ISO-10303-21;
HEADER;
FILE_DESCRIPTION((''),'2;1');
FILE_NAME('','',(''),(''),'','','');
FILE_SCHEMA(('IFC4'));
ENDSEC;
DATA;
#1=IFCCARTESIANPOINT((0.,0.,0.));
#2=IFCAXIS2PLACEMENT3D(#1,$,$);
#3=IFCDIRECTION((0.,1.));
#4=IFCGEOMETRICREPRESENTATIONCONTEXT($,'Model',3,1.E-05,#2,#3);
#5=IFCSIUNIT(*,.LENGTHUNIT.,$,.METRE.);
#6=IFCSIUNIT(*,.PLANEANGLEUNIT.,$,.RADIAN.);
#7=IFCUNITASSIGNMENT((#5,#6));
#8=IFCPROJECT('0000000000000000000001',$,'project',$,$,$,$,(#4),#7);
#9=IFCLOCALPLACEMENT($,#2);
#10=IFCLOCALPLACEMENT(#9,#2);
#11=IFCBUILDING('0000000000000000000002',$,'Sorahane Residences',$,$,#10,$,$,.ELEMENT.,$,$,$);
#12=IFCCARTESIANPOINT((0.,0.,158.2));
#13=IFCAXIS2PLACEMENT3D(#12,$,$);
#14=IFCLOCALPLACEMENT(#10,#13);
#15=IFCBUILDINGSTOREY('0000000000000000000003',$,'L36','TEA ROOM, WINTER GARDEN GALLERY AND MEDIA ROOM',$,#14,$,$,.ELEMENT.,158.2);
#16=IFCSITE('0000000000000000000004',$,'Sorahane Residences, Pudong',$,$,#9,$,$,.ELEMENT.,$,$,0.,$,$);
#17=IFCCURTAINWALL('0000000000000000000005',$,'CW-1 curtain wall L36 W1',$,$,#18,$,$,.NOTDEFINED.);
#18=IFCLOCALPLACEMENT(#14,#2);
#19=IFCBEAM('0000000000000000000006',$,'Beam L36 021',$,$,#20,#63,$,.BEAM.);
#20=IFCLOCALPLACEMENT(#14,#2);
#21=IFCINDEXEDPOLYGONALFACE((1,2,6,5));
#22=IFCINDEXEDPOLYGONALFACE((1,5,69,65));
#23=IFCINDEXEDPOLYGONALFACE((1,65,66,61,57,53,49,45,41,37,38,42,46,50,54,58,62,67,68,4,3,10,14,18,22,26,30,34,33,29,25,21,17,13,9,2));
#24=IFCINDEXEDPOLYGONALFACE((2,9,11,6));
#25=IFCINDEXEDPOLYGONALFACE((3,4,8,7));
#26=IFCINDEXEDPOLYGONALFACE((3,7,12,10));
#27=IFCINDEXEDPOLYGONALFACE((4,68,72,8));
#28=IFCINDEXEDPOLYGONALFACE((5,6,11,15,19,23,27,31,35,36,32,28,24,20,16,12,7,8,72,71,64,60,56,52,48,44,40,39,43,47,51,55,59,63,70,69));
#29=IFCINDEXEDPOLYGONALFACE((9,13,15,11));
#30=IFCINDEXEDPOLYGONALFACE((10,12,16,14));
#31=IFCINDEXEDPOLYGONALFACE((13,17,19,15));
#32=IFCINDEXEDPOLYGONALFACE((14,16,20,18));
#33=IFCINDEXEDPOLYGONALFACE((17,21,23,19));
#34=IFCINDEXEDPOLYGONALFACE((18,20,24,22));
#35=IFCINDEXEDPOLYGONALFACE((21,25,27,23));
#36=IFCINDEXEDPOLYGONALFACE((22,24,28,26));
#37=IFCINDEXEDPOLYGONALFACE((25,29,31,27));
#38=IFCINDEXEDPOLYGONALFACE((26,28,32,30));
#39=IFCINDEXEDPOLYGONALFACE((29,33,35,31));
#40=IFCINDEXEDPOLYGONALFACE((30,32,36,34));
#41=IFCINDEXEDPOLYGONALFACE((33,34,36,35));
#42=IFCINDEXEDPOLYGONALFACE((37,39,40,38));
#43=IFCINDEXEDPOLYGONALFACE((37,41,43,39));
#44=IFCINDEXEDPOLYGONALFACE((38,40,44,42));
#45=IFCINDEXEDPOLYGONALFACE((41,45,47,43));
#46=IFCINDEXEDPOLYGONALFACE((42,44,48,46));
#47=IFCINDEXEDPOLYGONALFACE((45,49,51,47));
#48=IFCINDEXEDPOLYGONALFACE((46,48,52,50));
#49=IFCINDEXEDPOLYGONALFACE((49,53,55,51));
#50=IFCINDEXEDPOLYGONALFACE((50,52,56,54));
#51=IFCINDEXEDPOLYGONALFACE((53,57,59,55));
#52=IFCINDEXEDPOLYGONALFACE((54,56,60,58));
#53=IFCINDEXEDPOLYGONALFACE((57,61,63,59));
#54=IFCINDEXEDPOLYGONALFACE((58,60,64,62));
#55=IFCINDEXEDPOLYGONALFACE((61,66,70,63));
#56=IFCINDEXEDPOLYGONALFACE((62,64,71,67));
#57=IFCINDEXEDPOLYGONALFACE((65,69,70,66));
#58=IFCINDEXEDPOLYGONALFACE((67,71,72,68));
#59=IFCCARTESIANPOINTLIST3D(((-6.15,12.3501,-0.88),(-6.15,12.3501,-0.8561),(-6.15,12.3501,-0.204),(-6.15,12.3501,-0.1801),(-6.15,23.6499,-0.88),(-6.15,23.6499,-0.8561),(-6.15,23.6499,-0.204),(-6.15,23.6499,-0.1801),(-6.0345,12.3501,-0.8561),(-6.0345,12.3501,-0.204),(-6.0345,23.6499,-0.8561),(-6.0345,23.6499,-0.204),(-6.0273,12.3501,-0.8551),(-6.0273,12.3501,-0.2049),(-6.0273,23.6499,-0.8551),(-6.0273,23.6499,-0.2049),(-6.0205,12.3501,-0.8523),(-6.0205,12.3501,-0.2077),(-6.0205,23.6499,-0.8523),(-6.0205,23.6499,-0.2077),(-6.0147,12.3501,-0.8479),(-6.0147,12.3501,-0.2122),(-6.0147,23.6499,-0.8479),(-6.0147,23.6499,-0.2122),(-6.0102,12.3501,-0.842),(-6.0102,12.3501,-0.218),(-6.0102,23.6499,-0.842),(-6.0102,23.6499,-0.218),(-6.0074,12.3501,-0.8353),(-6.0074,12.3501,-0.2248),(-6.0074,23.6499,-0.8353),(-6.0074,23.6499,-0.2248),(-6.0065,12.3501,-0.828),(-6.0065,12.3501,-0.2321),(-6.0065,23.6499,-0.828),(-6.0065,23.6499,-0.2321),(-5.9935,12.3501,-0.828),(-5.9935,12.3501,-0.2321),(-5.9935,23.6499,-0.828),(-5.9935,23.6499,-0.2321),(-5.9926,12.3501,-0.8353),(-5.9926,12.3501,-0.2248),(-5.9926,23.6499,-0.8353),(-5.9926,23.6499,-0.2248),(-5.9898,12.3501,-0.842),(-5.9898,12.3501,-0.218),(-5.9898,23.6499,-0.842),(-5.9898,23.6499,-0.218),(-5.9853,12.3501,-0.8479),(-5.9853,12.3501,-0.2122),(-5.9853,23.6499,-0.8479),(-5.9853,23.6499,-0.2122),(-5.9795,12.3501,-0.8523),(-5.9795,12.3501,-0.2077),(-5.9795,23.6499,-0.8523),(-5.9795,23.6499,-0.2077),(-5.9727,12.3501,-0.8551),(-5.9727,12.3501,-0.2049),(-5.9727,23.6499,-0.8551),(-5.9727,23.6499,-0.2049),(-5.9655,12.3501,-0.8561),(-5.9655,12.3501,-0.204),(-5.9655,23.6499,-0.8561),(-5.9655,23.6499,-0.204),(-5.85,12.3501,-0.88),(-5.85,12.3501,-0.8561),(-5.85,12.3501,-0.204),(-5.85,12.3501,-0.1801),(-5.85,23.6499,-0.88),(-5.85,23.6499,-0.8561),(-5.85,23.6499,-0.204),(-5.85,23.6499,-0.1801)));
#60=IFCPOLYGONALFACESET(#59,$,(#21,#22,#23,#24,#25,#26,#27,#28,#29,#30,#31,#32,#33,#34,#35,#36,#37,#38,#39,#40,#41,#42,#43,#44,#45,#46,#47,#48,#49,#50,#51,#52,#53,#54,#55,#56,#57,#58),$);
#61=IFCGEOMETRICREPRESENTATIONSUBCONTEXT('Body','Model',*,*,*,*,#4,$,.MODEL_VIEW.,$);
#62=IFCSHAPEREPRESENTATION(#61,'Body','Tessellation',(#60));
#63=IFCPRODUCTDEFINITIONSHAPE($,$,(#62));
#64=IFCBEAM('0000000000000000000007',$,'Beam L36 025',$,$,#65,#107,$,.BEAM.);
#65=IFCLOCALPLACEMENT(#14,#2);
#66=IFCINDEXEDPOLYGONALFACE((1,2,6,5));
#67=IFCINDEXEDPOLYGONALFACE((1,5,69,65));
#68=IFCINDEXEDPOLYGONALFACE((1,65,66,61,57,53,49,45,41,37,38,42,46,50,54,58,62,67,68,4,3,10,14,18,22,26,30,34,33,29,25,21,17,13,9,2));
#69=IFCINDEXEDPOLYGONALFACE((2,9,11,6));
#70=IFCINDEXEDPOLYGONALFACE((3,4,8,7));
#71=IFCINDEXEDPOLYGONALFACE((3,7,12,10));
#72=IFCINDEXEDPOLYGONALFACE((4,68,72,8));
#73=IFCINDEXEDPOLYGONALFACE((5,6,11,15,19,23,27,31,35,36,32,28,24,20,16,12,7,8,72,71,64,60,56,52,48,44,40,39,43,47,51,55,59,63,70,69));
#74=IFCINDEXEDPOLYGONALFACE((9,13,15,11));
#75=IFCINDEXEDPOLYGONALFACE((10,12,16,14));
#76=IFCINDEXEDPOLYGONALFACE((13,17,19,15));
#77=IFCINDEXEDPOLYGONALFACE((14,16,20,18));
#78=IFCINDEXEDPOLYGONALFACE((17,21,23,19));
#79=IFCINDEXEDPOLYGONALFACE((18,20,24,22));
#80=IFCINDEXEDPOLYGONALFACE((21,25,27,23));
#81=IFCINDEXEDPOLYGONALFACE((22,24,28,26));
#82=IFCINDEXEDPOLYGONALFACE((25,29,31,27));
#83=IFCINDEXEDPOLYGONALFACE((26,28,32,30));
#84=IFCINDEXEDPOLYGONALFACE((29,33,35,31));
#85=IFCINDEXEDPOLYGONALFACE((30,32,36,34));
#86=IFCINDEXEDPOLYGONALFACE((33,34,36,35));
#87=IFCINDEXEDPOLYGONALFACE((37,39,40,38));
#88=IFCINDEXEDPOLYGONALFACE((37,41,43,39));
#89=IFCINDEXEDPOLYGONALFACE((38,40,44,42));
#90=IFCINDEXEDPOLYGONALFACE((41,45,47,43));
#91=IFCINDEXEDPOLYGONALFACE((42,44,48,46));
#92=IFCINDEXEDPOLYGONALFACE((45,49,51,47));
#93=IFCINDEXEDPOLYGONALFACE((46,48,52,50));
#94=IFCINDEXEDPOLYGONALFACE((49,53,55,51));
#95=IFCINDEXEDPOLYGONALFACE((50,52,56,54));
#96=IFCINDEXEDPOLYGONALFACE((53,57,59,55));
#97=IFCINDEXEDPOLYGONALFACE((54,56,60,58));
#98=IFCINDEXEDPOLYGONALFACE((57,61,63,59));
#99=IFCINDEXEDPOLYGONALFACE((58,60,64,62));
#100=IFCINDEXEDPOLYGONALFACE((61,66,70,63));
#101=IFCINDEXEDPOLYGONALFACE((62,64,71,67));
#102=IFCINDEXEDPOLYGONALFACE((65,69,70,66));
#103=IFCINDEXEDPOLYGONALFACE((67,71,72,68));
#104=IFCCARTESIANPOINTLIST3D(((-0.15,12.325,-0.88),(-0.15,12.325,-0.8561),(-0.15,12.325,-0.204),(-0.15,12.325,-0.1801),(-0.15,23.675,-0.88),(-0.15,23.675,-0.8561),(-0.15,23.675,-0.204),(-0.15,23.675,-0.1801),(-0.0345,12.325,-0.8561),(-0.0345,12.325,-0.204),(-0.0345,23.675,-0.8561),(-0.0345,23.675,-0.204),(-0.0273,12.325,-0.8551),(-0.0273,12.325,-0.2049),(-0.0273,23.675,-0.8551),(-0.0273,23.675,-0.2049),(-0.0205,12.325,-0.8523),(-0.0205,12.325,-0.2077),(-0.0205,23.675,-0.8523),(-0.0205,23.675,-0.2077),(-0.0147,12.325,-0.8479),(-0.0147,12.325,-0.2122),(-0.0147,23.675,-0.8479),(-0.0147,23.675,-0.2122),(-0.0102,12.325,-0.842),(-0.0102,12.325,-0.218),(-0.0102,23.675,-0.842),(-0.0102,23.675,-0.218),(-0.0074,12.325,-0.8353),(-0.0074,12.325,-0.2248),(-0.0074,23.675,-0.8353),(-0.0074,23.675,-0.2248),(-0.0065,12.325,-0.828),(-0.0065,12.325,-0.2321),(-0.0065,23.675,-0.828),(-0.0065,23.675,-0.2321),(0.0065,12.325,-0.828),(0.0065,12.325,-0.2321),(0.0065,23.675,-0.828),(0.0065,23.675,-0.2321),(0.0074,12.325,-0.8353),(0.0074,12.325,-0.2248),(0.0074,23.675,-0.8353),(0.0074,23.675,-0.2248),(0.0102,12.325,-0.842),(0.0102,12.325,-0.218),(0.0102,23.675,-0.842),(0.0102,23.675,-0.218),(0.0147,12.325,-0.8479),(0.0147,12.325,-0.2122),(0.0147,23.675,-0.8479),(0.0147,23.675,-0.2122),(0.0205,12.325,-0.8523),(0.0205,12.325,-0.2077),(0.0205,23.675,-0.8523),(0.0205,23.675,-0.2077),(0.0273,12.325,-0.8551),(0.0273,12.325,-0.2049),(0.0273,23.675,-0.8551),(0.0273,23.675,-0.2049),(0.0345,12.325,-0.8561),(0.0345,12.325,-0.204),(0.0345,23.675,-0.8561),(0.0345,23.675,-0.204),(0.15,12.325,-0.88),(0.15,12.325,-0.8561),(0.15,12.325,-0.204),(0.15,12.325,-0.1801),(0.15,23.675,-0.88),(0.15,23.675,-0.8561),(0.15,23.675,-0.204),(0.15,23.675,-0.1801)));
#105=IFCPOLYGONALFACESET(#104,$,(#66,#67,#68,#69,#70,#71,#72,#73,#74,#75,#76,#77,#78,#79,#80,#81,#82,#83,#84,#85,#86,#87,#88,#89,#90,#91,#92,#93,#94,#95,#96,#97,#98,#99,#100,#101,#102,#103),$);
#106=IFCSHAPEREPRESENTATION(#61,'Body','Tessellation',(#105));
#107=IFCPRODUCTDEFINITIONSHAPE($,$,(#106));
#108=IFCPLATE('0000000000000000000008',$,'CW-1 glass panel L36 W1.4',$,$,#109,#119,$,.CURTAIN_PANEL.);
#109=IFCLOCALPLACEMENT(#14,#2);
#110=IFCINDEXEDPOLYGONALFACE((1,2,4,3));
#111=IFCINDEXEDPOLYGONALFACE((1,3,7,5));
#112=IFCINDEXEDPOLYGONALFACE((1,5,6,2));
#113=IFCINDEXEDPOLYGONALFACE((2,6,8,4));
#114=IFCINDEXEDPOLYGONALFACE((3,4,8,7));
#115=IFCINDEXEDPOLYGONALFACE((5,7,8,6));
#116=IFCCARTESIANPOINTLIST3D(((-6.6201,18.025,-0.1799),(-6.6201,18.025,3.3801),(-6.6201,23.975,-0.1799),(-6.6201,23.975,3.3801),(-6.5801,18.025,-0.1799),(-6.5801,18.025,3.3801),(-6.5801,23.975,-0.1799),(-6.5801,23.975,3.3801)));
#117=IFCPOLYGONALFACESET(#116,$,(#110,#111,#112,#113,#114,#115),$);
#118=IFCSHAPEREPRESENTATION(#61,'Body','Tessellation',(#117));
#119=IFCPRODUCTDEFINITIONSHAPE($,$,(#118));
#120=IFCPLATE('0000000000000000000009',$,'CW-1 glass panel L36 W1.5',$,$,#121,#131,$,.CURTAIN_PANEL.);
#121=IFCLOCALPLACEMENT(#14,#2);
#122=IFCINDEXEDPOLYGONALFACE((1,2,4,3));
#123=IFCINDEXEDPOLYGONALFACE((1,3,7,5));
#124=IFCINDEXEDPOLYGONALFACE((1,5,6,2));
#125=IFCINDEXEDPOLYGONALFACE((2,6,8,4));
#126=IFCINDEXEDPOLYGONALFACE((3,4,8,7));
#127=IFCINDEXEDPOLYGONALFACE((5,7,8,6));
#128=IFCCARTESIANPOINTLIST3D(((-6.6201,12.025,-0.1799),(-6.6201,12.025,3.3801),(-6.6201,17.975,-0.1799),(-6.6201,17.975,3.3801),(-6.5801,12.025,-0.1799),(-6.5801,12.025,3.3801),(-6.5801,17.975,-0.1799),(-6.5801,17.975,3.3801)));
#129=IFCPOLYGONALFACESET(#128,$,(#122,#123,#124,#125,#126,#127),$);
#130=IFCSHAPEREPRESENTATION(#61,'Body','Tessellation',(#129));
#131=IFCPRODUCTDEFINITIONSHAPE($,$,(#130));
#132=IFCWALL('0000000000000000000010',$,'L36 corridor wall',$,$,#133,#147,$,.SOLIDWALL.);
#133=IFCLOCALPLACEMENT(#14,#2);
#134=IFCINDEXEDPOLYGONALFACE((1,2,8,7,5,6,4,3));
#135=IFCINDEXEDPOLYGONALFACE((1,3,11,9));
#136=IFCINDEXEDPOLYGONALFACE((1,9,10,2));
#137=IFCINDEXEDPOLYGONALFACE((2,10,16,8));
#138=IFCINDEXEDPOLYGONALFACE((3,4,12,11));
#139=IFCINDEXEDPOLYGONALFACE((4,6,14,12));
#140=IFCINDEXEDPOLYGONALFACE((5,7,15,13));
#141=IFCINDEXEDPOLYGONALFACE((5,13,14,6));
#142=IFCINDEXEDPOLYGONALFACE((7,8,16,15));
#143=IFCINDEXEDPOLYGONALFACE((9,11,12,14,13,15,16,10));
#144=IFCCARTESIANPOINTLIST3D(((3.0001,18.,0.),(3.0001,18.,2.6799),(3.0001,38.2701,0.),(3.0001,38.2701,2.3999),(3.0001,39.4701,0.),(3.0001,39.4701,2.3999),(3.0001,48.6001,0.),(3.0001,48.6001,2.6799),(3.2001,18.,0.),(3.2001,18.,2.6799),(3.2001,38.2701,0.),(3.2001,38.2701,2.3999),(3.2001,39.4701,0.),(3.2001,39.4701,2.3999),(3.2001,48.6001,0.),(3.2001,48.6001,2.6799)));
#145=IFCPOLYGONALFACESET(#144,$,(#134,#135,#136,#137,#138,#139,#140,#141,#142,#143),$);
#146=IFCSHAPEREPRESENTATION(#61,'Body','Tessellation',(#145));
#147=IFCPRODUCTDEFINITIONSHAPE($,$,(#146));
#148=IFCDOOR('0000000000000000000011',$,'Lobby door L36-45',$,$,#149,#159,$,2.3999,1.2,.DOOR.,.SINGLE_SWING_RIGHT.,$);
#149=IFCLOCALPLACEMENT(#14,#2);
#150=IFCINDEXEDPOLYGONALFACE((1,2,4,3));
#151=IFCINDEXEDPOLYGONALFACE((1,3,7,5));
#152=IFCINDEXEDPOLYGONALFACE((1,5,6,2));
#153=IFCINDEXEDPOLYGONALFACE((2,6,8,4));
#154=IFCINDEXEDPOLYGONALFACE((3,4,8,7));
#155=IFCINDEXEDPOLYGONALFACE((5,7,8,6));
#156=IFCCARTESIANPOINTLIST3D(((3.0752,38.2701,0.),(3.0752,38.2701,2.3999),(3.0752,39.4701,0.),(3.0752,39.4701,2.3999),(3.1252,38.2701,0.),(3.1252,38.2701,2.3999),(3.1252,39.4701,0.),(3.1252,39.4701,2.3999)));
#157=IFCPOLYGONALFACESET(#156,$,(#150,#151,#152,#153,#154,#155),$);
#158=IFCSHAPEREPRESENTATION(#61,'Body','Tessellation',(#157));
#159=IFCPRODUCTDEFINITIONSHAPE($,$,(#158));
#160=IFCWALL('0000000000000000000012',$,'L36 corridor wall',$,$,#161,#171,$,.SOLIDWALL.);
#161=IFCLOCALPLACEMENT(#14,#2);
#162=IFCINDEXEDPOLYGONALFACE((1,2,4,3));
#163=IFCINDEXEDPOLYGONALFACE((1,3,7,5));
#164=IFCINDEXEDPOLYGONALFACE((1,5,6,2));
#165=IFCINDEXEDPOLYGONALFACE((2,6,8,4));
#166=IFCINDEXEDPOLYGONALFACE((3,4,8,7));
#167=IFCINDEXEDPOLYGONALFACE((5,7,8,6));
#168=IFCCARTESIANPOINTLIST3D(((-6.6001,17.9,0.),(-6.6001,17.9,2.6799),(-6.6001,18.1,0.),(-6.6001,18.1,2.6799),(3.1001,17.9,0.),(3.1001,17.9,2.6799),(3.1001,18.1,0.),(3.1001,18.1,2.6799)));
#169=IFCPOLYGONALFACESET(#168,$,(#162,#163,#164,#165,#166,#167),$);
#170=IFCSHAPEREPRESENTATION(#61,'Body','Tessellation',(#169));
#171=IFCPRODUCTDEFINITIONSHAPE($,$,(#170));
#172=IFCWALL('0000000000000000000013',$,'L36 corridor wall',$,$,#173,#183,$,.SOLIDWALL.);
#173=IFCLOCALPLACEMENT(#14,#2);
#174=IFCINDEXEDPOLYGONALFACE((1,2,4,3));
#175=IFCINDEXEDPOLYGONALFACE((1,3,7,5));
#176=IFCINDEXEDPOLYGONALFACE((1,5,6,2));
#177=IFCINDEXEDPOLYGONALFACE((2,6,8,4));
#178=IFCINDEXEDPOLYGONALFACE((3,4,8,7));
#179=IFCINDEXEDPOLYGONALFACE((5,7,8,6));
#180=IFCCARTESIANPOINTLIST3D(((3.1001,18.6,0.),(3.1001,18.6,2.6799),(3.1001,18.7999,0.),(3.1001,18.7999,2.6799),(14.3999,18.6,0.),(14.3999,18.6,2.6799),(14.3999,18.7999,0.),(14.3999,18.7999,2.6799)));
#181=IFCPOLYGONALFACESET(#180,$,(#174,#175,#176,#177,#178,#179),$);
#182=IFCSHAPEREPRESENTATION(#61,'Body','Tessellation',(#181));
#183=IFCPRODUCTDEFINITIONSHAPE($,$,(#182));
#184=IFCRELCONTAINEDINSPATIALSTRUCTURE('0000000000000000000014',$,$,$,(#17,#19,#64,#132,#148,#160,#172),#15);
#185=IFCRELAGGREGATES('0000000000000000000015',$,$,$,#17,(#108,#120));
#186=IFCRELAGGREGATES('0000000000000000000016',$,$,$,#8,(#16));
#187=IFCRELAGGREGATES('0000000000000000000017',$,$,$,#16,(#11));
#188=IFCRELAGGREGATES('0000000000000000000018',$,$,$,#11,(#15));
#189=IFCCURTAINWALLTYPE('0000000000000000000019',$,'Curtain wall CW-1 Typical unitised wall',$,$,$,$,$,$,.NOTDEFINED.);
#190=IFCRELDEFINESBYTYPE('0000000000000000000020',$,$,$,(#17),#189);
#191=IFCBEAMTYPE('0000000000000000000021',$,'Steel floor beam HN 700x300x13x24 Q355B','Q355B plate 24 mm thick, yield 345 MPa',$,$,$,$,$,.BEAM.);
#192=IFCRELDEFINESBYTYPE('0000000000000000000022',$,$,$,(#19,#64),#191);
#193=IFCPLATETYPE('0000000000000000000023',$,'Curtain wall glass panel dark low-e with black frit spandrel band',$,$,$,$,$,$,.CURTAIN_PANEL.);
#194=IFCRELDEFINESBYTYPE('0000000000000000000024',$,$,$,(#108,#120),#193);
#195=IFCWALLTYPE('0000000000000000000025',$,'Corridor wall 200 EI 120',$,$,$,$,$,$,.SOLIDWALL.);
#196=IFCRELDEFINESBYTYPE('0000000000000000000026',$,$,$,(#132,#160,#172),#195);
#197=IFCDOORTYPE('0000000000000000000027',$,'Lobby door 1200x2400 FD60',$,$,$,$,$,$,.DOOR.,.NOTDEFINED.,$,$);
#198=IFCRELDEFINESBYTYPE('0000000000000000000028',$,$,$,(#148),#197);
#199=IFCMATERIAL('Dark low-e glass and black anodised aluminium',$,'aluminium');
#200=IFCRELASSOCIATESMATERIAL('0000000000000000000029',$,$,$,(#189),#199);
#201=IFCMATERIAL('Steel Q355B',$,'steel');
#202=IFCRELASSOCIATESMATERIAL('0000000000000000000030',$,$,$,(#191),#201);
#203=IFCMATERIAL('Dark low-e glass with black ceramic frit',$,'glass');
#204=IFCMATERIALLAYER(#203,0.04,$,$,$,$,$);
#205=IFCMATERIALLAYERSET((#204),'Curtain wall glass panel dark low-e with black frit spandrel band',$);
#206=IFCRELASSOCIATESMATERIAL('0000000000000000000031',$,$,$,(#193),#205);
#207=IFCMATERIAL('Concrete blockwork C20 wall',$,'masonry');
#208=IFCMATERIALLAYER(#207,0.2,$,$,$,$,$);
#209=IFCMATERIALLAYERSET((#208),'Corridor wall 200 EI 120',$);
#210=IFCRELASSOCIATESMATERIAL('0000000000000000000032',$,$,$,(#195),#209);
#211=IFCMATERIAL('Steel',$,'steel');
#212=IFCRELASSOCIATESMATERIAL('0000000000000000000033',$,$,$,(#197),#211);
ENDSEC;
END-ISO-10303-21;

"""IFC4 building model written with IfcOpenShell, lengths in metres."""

from ifc_helpers import new_model, si_unit, direction, frame, frame_2d, origin, origin_2d, place, context, subcontext, project, spatial, rectangle, i_section, extrude, material, layer, layer_set, material_profile, profile_set, type_object, element, fill, aggregate, save


model = new_model("IFC4")

# Units and contexts
model_context = context("Model", 3, precision=1e-05, world=origin(), true_north=direction((0.0, 1.0)))
body_context = subcontext(model_context, "Body", "Model", "MODEL_VIEW")
ifc_project = project(units=[si_unit("LENGTHUNIT", "METRE"), si_unit("PLANEANGLEUNIT", "RADIAN")], contexts=[model_context])

# Site, building, storey
site_placement = place(None, origin())
site = spatial("IfcSite", under=ifc_project, at=site_placement, Name="Sorahane Residences, Pudong", CompositionType="ELEMENT", RefElevation=0.0)
building_placement = place(site_placement, origin())
building = spatial("IfcBuilding", under=site, at=building_placement, Name="Sorahane Residences", CompositionType="ELEMENT")
storey_placement = place(building_placement, frame((0.0, 0.0, 158.2)))
storey = spatial("IfcBuildingStorey", under=building, at=storey_placement, Name="L36", Description="TEA ROOM, WINTER GARDEN GALLERY AND MEDIA ROOM", CompositionType="ELEMENT", Elevation=158.2)

# Curtain wall
ifc_material_1 = material(Name="Dark low-e glass and black anodised aluminium", Category="aluminium")
curtain_wall_type = type_object("IfcCurtainWallType", Name="Curtain wall CW-1 Typical unitised wall", PredefinedType="NOTDEFINED", material=ifc_material_1)
curtain_wall_placement = place(storey_placement, origin())
curtain_wall = element("IfcCurtainWall", 1, at=curtain_wall_placement, inside=storey, type_object=curtain_wall_type, Name="CW-1 curtain wall L36 W1", PredefinedType="NOTDEFINED")

# Beams
ifc_material_2 = material(Name="Steel Q355B", Category="steel")
ifc_material_profile_1 = material_profile(ifc_material_2, i_section(OverallWidth=0.3, OverallDepth=0.7, WebThickness=0.0129, FlangeThickness=0.0239, FilletRadius=0.0281, at=origin_2d()), Name="HN 700x300x13x24")
ifc_profile_set_1 = profile_set([ifc_material_profile_1], Name="Steel Q355B")
beam_type_1 = type_object("IfcBeamType", Name="Steel floor beam HN 700x300x13x24 Q355B", Description="Q355B plate 24 mm thick, yield 345 MPa", PredefinedType="BEAM", material=ifc_profile_set_1)
beam_1_placement = place(storey_placement, frame((-6.0, 12.3501, -0.53), z_axis=(0.0, 1.0, 0.0), x_axis=(-1.0, 0.0, 0.0)))
element("IfcBeam", 2, at=beam_1_placement, inside=storey, type_object=beam_type_1, Name="Beam L36 021", PredefinedType="BEAM", context=body_context, shape_type="SweptSolid", body=[
    extrude(i_section(OverallWidth=0.3, OverallDepth=0.7, WebThickness=0.0129, FlangeThickness=0.0239, FilletRadius=0.0281, at=origin_2d()), origin(), (0.0, 0.0, 1.0), 11.2998),
])
beam_2_placement = place(storey_placement, frame((0.0, 12.325, -0.53), z_axis=(0.0, 1.0, 0.0), x_axis=(-1.0, 0.0, 0.0)))
element("IfcBeam", 3, at=beam_2_placement, inside=storey, type_object=beam_type_1, Name="Beam L36 025", PredefinedType="BEAM", context=body_context, shape_type="SweptSolid", body=[
    extrude(i_section(OverallWidth=0.3, OverallDepth=0.7, WebThickness=0.0129, FlangeThickness=0.0239, FilletRadius=0.0281, at=origin_2d()), origin(), (0.0, 0.0, 1.0), 11.3501),
])

# Plates
ifc_material_3 = material(Name="Dark low-e glass with black ceramic frit", Category="glass")
ifc_layer_1 = layer(ifc_material_3, 0.04)
ifc_layer_set_1 = layer_set([ifc_layer_1], Name="Curtain wall glass panel dark low-e with black frit spandrel band")
plate_type = type_object("IfcPlateType", Name="Curtain wall glass panel dark low-e with black frit spandrel band", PredefinedType="CURTAIN_PANEL", material=ifc_layer_set_1)
plate_1_placement = place(storey_placement, frame((-6.6001, 21.0, -0.1799), z_axis=(0.0, 0.0, 1.0), x_axis=(0.0, -1.0, 0.0)))
plate_1 = element("IfcPlate", 4, at=plate_1_placement, type_object=plate_type, Name="CW-1 glass panel L36 W1.4", PredefinedType="CURTAIN_PANEL", context=body_context, shape_type="SweptSolid", body=[
    extrude(rectangle(XDim=5.95, YDim=0.04, at=origin_2d()), origin(), (0.0, 0.0, 1.0), 3.5601),
])
plate_2_placement = place(storey_placement, frame((-6.6001, 15.0, -0.1799), z_axis=(0.0, 0.0, 1.0), x_axis=(0.0, -1.0, 0.0)))
plate_2 = element("IfcPlate", 5, at=plate_2_placement, type_object=plate_type, Name="CW-1 glass panel L36 W1.5", PredefinedType="CURTAIN_PANEL", context=body_context, shape_type="SweptSolid", body=[
    extrude(rectangle(XDim=5.95, YDim=0.04, at=origin_2d()), origin(), (0.0, 0.0, 1.0), 3.5601),
])
aggregate(curtain_wall, [plate_1, plate_2])

# Wall, opening, door
ifc_material_4 = material(Name="Concrete blockwork C20 wall", Category="masonry")
ifc_layer_2 = layer(ifc_material_4, 0.2)
ifc_layer_set_2 = layer_set([ifc_layer_2], Name="Corridor wall 200 EI 120")
wall_type_1 = type_object("IfcWallType", Name="Corridor wall 200 EI 120", PredefinedType="SOLIDWALL", material=ifc_layer_set_2)
wall_1_placement = place(storey_placement, frame((3.1001, 18.0, 0.0), z_axis=(0.0, 0.0, 1.0), x_axis=(0.0, 1.0, 0.0)))
wall_1 = element("IfcWall", 6, at=wall_1_placement, inside=storey, type_object=wall_type_1, Name="L36 corridor wall", PredefinedType="SOLIDWALL", context=body_context, shape_type="SweptSolid", body=[
    extrude(rectangle(XDim=30.6001, YDim=0.2, at=frame_2d((15.3, 0.0))), origin(), (0.0, 0.0, 1.0), 2.6799),
])
opening_1_placement = place(wall_1_placement, frame((20.27, 0.0, 0.0)))
opening_1 = element("IfcOpeningElement", 7, at=opening_1_placement, cuts=wall_1, PredefinedType="OPENING", context=body_context, shape_type="SweptSolid", body=[
    extrude(rectangle(XDim=1.2, YDim=2.3999, at=frame_2d((0.6001, 1.2))), frame((0.0, 0.1099, 0.0), z_axis=(0.0, -1.0, 0.0), x_axis=(1.0, 0.0, 0.0)), (0.0, 0.0, 1.0), 0.22),
])
ifc_material_5 = material(Name="Steel", Category="steel")
door_type_1 = type_object("IfcDoorType", Name="Lobby door 1200x2400 FD60", OperationType="NOTDEFINED", PredefinedType="DOOR", material=ifc_material_5)
door_1_placement = place(opening_1_placement, origin())
door_1 = element("IfcDoor", 8, at=door_1_placement, inside=storey, type_object=door_type_1, Name="Lobby door L36-45", OperationType="SINGLE_SWING_RIGHT", OverallHeight=2.3999, OverallWidth=1.2, PredefinedType="DOOR", context=body_context, shape_type="SweptSolid", body=[
    extrude(rectangle(XDim=1.2, YDim=2.3999, at=frame_2d((0.6001, 1.2))), frame((0.0, 0.0249, 0.0), z_axis=(0.0, -1.0, 0.0), x_axis=(1.0, 0.0, 0.0)), (0.0, 0.0, 1.0), 0.05),
])
fill(opening_1, door_1)

# Walls
wall_2_placement = place(storey_placement, frame((-6.6001, 18.0, 0.0), z_axis=(0.0, 0.0, 1.0), x_axis=(1.0, 0.0, 0.0)))
element("IfcWall", 9, at=wall_2_placement, inside=storey, type_object=wall_type_1, Name="L36 corridor wall", PredefinedType="SOLIDWALL", context=body_context, shape_type="SweptSolid", body=[
    extrude(rectangle(XDim=9.7002, YDim=0.2, at=frame_2d((4.8501, 0.0))), origin(), (0.0, 0.0, 1.0), 2.6799),
])
wall_3_placement = place(storey_placement, frame((3.1001, 18.7, 0.0), z_axis=(0.0, 0.0, 1.0), x_axis=(1.0, 0.0, 0.0)))
element("IfcWall", 10, at=wall_3_placement, inside=storey, type_object=wall_type_1, Name="L36 corridor wall", PredefinedType="SOLIDWALL", context=body_context, shape_type="SweptSolid", body=[
    extrude(rectangle(XDim=11.2998, YDim=0.2, at=frame_2d((5.6499, 0.0))), origin(), (0.0, 0.0, 1.0), 2.6799),
])

save(model, "model.ifc")
